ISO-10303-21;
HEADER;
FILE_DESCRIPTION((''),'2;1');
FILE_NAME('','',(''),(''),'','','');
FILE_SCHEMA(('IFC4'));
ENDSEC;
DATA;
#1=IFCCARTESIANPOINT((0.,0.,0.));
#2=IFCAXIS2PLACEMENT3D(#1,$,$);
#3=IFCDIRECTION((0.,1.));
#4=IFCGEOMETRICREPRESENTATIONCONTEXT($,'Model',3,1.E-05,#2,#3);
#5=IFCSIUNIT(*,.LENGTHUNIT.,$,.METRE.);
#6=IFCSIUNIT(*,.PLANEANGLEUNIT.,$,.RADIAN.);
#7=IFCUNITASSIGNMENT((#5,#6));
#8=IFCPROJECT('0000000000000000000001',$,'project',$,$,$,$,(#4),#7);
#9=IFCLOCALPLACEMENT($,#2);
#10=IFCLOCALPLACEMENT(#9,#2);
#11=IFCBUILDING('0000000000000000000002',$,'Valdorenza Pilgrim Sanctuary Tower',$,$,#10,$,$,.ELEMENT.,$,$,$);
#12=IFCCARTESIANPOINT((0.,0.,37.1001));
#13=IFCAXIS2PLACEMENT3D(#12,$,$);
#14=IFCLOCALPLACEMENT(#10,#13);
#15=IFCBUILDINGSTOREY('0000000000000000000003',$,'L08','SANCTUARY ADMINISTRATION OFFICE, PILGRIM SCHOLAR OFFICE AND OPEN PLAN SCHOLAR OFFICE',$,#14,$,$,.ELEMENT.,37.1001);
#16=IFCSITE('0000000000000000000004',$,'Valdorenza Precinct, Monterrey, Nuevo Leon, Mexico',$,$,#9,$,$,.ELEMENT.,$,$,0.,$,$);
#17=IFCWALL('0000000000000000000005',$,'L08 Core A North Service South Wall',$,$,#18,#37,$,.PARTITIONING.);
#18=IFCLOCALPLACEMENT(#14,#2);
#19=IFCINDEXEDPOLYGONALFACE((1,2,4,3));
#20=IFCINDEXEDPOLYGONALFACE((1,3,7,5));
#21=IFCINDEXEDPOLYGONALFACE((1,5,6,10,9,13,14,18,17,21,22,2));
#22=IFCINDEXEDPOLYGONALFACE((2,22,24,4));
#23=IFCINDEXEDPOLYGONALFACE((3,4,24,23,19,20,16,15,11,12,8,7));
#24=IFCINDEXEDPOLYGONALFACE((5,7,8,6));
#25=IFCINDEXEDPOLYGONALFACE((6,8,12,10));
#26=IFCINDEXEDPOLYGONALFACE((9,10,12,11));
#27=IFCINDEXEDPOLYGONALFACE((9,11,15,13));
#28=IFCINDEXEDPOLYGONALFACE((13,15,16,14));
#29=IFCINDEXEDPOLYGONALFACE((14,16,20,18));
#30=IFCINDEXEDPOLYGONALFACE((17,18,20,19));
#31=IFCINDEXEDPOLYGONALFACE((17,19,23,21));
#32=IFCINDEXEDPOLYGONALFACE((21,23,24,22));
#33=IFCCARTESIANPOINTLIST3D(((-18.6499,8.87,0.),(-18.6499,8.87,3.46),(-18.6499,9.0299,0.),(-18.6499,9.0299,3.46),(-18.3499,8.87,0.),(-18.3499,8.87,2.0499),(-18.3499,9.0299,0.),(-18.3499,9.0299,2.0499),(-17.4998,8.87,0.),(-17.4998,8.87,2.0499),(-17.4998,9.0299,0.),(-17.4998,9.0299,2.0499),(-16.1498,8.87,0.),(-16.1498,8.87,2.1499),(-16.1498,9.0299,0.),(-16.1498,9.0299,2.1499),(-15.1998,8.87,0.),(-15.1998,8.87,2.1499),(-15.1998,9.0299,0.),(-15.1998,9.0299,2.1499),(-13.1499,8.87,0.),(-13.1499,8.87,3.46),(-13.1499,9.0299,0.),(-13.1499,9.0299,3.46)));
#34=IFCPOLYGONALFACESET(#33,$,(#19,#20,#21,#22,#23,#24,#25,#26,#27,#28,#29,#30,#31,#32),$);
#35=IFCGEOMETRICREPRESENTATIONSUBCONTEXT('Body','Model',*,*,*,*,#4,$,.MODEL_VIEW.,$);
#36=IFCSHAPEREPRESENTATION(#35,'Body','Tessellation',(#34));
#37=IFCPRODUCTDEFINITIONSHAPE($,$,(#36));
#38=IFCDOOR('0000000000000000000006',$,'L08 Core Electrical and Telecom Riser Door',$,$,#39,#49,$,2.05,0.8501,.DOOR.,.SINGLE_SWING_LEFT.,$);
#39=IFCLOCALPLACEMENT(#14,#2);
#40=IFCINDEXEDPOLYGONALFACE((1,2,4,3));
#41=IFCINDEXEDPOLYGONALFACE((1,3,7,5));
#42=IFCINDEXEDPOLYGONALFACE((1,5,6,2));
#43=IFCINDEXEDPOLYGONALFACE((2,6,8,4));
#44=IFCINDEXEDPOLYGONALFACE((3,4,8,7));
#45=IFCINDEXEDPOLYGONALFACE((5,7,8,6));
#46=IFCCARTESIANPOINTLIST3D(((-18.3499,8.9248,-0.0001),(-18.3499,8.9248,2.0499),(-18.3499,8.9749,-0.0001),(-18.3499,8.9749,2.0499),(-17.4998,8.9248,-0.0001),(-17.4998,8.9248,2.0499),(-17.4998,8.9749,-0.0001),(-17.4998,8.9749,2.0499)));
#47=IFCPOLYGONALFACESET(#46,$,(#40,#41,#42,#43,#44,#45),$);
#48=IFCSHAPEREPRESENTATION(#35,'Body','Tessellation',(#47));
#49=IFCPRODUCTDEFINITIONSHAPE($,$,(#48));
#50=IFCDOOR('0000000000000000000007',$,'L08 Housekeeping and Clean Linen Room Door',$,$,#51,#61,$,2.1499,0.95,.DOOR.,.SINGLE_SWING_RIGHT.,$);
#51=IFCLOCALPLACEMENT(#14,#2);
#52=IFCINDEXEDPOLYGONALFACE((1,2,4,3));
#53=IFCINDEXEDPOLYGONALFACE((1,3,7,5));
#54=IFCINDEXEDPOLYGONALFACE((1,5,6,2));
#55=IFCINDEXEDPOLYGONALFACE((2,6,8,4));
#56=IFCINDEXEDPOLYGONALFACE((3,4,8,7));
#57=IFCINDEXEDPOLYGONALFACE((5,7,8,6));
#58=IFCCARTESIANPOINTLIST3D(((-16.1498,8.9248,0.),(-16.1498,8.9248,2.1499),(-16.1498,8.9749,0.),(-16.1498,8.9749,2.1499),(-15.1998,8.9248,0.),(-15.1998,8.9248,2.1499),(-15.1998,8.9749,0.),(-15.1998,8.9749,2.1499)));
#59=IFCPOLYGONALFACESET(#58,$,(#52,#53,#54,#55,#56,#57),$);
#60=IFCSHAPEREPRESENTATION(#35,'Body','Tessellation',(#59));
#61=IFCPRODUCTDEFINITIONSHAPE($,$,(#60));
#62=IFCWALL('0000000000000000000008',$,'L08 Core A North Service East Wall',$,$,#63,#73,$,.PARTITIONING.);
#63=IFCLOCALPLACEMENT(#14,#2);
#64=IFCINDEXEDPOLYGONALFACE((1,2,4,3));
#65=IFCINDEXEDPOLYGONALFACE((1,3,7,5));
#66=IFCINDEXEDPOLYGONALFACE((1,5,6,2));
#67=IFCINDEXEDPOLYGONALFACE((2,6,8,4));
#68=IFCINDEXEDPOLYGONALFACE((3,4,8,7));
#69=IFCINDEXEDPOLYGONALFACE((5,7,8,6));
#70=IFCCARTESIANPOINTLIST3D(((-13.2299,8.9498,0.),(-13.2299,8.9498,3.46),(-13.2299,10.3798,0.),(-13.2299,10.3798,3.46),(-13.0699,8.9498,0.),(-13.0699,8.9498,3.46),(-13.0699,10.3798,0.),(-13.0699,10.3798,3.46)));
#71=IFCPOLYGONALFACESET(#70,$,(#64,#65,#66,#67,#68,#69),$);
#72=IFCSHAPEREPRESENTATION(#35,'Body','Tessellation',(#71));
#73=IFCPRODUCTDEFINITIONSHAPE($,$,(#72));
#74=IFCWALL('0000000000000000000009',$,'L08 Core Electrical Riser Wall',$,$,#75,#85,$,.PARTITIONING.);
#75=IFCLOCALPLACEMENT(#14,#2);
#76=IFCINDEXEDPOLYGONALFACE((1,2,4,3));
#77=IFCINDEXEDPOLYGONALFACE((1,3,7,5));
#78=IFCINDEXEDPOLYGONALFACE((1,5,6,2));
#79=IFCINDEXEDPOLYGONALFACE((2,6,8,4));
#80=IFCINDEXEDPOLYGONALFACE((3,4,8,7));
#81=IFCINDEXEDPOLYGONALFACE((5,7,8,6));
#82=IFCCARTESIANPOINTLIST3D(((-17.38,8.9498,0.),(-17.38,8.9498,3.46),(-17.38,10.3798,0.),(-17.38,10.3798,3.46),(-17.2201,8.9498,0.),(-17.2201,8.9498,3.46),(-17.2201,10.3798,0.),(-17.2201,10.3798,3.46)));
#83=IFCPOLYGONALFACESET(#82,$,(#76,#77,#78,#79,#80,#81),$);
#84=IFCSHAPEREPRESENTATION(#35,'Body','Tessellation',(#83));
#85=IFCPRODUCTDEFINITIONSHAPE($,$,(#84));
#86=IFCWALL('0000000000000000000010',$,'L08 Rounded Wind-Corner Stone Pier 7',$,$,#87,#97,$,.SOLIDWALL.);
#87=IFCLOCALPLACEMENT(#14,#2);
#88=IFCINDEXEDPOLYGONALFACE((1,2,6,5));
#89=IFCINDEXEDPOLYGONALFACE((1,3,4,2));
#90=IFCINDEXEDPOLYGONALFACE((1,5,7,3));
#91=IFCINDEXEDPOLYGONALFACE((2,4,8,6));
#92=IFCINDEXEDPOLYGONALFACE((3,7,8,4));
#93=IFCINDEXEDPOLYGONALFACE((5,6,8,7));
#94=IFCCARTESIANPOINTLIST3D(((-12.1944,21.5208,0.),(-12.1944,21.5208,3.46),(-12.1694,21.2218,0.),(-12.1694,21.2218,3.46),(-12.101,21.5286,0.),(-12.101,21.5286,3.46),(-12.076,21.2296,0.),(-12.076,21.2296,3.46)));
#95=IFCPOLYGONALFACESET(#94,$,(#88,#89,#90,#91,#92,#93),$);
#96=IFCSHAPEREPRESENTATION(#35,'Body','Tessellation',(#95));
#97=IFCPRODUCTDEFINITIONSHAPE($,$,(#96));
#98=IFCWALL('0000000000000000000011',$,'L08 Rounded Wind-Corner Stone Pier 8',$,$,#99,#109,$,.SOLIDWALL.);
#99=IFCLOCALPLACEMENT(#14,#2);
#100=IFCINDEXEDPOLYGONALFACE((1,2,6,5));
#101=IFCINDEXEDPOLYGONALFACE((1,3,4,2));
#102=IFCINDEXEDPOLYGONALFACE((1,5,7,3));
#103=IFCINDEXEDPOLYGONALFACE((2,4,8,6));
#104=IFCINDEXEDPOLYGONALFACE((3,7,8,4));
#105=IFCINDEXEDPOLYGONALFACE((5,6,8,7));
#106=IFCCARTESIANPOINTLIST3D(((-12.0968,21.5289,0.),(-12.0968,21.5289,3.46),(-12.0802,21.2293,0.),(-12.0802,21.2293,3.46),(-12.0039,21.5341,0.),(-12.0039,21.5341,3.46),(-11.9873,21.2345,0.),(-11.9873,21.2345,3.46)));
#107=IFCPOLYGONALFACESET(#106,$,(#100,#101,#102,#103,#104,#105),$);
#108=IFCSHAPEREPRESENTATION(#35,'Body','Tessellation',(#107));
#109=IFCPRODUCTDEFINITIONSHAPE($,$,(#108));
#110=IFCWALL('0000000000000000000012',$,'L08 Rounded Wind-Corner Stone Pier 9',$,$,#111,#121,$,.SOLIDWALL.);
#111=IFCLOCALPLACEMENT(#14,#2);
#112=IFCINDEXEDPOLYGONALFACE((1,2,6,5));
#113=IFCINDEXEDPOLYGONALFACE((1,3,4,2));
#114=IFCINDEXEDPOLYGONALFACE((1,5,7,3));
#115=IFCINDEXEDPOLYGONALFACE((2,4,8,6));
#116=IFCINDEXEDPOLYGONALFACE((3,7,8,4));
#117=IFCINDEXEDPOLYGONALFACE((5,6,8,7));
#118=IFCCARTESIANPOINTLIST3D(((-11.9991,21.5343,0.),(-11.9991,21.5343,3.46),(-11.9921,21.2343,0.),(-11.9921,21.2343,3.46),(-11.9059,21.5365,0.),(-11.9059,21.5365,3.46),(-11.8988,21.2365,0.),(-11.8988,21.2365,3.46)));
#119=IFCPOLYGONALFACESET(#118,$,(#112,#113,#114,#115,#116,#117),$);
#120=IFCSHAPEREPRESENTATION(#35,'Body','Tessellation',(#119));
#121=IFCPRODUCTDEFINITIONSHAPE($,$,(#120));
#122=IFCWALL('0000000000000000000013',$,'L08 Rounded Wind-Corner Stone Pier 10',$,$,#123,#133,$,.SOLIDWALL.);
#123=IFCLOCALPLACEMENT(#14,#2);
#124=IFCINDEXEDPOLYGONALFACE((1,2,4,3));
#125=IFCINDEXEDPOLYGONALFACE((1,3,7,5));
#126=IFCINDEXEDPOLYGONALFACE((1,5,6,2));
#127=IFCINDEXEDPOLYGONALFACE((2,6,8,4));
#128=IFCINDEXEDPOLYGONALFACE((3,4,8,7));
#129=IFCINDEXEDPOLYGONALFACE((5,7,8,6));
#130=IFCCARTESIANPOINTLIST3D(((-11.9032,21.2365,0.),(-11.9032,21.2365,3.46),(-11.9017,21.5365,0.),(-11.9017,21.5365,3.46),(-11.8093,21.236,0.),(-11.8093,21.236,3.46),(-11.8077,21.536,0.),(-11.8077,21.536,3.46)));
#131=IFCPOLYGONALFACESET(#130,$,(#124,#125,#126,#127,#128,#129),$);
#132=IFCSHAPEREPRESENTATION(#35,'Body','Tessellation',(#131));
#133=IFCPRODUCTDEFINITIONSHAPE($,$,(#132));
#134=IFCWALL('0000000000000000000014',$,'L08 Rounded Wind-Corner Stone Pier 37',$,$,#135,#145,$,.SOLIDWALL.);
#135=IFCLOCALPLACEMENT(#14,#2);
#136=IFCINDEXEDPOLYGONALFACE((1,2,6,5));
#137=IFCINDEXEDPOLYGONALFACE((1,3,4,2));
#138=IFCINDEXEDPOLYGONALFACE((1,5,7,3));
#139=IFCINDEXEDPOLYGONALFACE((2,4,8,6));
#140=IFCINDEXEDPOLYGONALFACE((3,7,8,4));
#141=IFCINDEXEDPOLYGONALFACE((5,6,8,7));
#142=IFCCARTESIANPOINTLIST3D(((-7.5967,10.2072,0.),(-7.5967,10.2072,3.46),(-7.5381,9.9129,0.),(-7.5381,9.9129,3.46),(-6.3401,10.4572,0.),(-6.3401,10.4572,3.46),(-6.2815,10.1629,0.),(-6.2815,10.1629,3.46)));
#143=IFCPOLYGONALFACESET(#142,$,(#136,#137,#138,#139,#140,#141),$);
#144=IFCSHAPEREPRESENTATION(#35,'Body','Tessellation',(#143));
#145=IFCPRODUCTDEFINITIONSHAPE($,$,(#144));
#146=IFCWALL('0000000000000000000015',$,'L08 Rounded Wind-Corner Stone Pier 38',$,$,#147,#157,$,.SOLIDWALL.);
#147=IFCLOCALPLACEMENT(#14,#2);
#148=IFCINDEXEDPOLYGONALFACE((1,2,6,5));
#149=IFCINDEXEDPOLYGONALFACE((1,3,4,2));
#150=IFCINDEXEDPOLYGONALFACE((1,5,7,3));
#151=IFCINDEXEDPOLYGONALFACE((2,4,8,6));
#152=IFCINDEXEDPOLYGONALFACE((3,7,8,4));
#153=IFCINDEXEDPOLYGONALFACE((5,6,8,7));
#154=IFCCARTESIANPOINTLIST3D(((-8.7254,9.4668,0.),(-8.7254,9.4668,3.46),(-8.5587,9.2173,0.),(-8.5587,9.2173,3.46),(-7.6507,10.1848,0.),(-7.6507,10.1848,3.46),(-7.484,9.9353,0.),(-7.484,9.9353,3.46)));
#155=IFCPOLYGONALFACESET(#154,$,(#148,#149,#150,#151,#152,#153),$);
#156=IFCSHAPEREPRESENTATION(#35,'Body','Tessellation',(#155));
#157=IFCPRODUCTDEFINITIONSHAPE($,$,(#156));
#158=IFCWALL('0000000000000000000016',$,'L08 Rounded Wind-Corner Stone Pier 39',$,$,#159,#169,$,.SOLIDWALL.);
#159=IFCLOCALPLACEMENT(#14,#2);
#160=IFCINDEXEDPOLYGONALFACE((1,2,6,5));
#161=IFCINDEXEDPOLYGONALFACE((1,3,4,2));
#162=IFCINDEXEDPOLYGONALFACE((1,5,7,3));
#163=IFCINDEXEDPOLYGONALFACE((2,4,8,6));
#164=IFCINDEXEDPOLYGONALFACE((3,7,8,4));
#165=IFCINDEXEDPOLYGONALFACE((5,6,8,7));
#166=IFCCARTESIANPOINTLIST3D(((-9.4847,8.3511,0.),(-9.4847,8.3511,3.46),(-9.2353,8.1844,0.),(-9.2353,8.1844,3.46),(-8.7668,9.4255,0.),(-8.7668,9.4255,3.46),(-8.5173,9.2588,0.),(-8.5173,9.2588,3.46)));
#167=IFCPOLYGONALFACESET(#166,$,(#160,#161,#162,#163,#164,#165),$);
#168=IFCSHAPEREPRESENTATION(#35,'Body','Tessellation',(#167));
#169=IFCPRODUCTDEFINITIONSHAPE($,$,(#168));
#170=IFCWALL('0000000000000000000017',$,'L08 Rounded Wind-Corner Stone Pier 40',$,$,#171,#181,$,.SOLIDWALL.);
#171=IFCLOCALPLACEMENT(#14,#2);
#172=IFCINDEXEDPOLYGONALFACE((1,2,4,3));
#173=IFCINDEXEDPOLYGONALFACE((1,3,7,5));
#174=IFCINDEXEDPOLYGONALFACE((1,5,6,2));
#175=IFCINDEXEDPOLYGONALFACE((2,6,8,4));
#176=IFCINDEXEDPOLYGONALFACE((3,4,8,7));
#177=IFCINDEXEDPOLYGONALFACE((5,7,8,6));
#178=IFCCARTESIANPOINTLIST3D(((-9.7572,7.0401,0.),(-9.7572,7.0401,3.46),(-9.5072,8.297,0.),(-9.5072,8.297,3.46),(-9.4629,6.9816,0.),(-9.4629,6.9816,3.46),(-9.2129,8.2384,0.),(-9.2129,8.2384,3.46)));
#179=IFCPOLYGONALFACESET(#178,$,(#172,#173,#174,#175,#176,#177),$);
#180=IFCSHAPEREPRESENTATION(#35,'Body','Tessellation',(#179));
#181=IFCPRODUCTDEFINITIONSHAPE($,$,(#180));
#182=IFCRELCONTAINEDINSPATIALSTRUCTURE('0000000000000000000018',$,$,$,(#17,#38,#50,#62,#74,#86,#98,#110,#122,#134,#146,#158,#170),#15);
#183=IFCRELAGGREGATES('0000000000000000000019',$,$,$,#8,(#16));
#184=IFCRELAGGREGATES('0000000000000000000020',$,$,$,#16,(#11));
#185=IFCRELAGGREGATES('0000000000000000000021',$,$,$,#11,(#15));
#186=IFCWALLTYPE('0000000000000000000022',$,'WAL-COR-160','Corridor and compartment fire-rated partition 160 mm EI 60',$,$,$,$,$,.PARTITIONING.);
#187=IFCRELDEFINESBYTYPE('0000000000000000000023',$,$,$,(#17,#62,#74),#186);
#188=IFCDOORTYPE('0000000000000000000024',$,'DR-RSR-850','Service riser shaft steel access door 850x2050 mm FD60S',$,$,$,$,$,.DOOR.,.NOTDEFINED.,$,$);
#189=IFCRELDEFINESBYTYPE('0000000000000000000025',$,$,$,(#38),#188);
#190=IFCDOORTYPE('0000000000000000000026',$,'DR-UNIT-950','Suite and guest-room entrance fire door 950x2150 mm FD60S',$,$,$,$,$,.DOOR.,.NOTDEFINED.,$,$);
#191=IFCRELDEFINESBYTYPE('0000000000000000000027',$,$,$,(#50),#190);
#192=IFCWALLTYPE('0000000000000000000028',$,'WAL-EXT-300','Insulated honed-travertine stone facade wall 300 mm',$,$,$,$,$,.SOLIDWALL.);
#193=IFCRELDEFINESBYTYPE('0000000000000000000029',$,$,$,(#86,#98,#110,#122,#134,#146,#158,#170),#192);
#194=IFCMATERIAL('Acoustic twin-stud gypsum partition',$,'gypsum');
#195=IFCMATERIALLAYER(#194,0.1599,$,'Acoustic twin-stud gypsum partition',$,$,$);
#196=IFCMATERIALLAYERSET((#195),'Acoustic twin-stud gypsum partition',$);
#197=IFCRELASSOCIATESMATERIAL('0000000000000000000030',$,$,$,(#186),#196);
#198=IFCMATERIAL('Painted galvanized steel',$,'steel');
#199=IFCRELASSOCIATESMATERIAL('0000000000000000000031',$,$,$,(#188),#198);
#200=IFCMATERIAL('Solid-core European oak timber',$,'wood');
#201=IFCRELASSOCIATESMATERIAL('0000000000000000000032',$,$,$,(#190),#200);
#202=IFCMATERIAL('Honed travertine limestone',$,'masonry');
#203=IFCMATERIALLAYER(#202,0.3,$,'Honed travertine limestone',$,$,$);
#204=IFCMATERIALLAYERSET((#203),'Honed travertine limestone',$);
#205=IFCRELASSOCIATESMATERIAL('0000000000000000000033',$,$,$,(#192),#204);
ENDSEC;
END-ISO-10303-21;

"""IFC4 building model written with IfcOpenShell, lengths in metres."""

from ifc_helpers import new_model, si_unit, direction, frame, frame_2d, origin, place, context, subcontext, project, spatial, rectangle, extrude, material, layer, layer_set, type_object, element, fill, save


model = new_model("IFC4")

# Units and contexts
model_context = context("Model", 3, precision=1e-05, world=origin(), true_north=direction((0.0, 1.0)))
body_context = subcontext(model_context, "Body", "Model", "MODEL_VIEW")
ifc_project = project(units=[si_unit("LENGTHUNIT", "METRE"), si_unit("PLANEANGLEUNIT", "RADIAN")], contexts=[model_context])

# Site, building, storey
site_placement = place(None, origin())
site = spatial("IfcSite", under=ifc_project, at=site_placement, Name="Valdorenza Precinct, Monterrey, Nuevo Leon, Mexico", CompositionType="ELEMENT", RefElevation=0.0)
building_placement = place(site_placement, origin())
building = spatial("IfcBuilding", under=site, at=building_placement, Name="Valdorenza Pilgrim Sanctuary Tower", CompositionType="ELEMENT")
storey_placement = place(building_placement, frame((0.0, 0.0, 37.1001)))
storey = spatial("IfcBuildingStorey", under=building, at=storey_placement, Name="L08", Description="SANCTUARY ADMINISTRATION OFFICE, PILGRIM SCHOLAR OFFICE AND OPEN PLAN SCHOLAR OFFICE", CompositionType="ELEMENT", Elevation=37.1001)

# Shared definitions
ifc_material_1 = material(Name="Honed travertine limestone", Category="masonry")

# Shared definitions
ifc_material_2 = material(Name="Acoustic twin-stud gypsum partition", Category="gypsum")
ifc_layer_1 = layer(ifc_material_2, 0.1599, Name="Acoustic twin-stud gypsum partition")
ifc_layer_set_1 = layer_set([ifc_layer_1], Name="Acoustic twin-stud gypsum partition")
wall_type_1 = type_object("IfcWallType", Name="WAL-COR-160", Description="Corridor and compartment fire-rated partition 160 mm EI 60", PredefinedType="PARTITIONING", material=ifc_layer_set_1)

# Wall, openings, doors
wall_1_placement = place(storey_placement, frame((-18.6499, 8.95, 0.0), z_axis=(0.0, 0.0, 1.0), x_axis=(1.0, 0.0, 0.0)))
wall_1 = element("IfcWall", 1, at=wall_1_placement, inside=storey, type_object=wall_type_1, Name="L08 Core A North Service South Wall", PredefinedType="PARTITIONING", context=body_context, shape_type="SweptSolid", body=[
    extrude(rectangle(XDim=5.5, YDim=0.1599, at=frame_2d((2.75, 0.0))), origin(), (0.0, 0.0, 1.0), 3.46),
])
opening_1_placement = place(wall_1_placement, frame((0.3, 0.0, 0.0)))
opening_1 = element("IfcOpeningElement", 2, at=opening_1_placement, cuts=wall_1, PredefinedType="OPENING", context=body_context, shape_type="SweptSolid", body=[
    extrude(rectangle(XDim=0.8501, YDim=2.05, at=frame_2d((0.425, 1.0249))), frame((0.0, 0.0947, 0.0), z_axis=(0.0, -1.0, 0.0), x_axis=(1.0, 0.0, 0.0)), (0.0, 0.0, 1.0), 0.1897),
])
opening_2_placement = place(wall_1_placement, frame((2.5, 0.0, 0.0)))
opening_2 = element("IfcOpeningElement", 3, at=opening_2_placement, cuts=wall_1, PredefinedType="OPENING", context=body_context, shape_type="SweptSolid", body=[
    extrude(rectangle(XDim=0.95, YDim=2.1499, at=frame_2d((0.4751, 1.075))), frame((0.0, 0.0947, 0.0), z_axis=(0.0, -1.0, 0.0), x_axis=(1.0, 0.0, 0.0)), (0.0, 0.0, 1.0), 0.1897),
])
ifc_material_3 = material(Name="Painted galvanized steel", Category="steel")
door_type_1 = type_object("IfcDoorType", Name="DR-RSR-850", Description="Service riser shaft steel access door 850x2050 mm FD60S", OperationType="NOTDEFINED", PredefinedType="DOOR", material=ifc_material_3)
door_1_placement = place(opening_1_placement, origin())
door_1 = element("IfcDoor", 4, at=door_1_placement, inside=storey, type_object=door_type_1, Name="L08 Core Electrical and Telecom Riser Door", OperationType="SINGLE_SWING_LEFT", OverallHeight=2.05, OverallWidth=0.8501, PredefinedType="DOOR", context=body_context, shape_type="SweptSolid", body=[
    extrude(rectangle(XDim=0.8501, YDim=2.05, at=frame_2d((0.425, 1.0249))), frame((0.0, 0.0249, 0.0), z_axis=(0.0, -1.0, 0.0), x_axis=(1.0, 0.0, 0.0)), (0.0, 0.0, 1.0), 0.05),
])
fill(opening_1, door_1)
ifc_material_4 = material(Name="Solid-core European oak timber", Category="wood")
door_type_2 = type_object("IfcDoorType", Name="DR-UNIT-950", Description="Suite and guest-room entrance fire door 950x2150 mm FD60S", OperationType="NOTDEFINED", PredefinedType="DOOR", material=ifc_material_4)
door_2_placement = place(opening_2_placement, origin())
door_2 = element("IfcDoor", 5, at=door_2_placement, inside=storey, type_object=door_type_2, Name="L08 Housekeeping and Clean Linen Room Door", OperationType="SINGLE_SWING_RIGHT", OverallHeight=2.1499, OverallWidth=0.95, PredefinedType="DOOR", context=body_context, shape_type="SweptSolid", body=[
    extrude(rectangle(XDim=0.95, YDim=2.1499, at=frame_2d((0.4751, 1.075))), frame((0.0, 0.0249, 0.0), z_axis=(0.0, -1.0, 0.0), x_axis=(1.0, 0.0, 0.0)), (0.0, 0.0, 1.0), 0.05),
])
fill(opening_2, door_2)

# Walls
for number, where, z_axis, x_axis, name in (
    (6, (-13.1499, 8.95, 0.0), (0.0, 0.0, 1.0), (0.0, 1.0, 0.0), "L08 Core A North Service East Wall"),
    (7, (-17.3, 8.95, 0.0), (0.0, 0.0, 1.0), (0.0, 1.0, 0.0), "L08 Core Electrical Riser Wall"),
):
    element("IfcWall", number, at=place(storey_placement, frame(where, z_axis=z_axis, x_axis=x_axis)), inside=storey, type_object=wall_type_1, Name=name, PredefinedType="PARTITIONING", context=body_context, shape_type="SweptSolid", body=[
        extrude(rectangle(XDim=1.4299, YDim=0.1599, at=frame_2d((0.7148, 0.0))), origin(), (0.0, 0.0, 1.0), 3.46),
    ])
ifc_layer_2 = layer(ifc_material_1, 0.3, Name="Honed travertine limestone")
ifc_layer_set_2 = layer_set([ifc_layer_2], Name="Honed travertine limestone")
wall_type_2 = type_object("IfcWallType", Name="WAL-EXT-300", Description="Insulated honed-travertine stone facade wall 300 mm", PredefinedType="SOLIDWALL", material=ifc_layer_set_2)
wall_2_placement = place(storey_placement, frame((-12.1819, 21.3713, 0.0), z_axis=(0.0, 0.0, 1.0), x_axis=(0.996528, 0.083261, 0.0)))
element("IfcWall", 8, at=wall_2_placement, inside=storey, type_object=wall_type_2, Name="L08 Rounded Wind-Corner Stone Pier 7", PredefinedType="SOLIDWALL", context=body_context, shape_type="SweptSolid", body=[
    extrude(rectangle(XDim=0.0938, YDim=0.3, at=frame_2d((0.0469, 0.0))), origin(), (0.0, 0.0, 1.0), 3.46),
])
wall_3_placement = place(storey_placement, frame((-12.0884, 21.3792, 0.0), z_axis=(0.0, 0.0, 1.0), x_axis=(0.998476, 0.055179, 0.0)))
element("IfcWall", 9, at=wall_3_placement, inside=storey, type_object=wall_type_2, Name="L08 Rounded Wind-Corner Stone Pier 8", PredefinedType="SOLIDWALL", context=body_context, shape_type="SweptSolid", body=[
    extrude(rectangle(XDim=0.093, YDim=0.3, at=frame_2d((0.0464, 0.0))), origin(), (0.0, 0.0, 1.0), 3.46),
])
wall_4_placement = place(storey_placement, frame((-11.9956, 21.3843, 0.0), z_axis=(0.0, 0.0, 1.0), x_axis=(0.999723, 0.023554, 0.0)))
element("IfcWall", 10, at=wall_4_placement, inside=storey, type_object=wall_type_2, Name="L08 Rounded Wind-Corner Stone Pier 9", PredefinedType="SOLIDWALL", context=body_context, shape_type="SweptSolid", body=[
    extrude(rectangle(XDim=0.0933, YDim=0.3, at=frame_2d((0.0466, 0.0))), origin(), (0.0, 0.0, 1.0), 3.46),
])
wall_5_placement = place(storey_placement, frame((-11.9023, 21.3865, 0.0), z_axis=(0.0, 0.0, 1.0), x_axis=(0.999987, -0.005195, 0.0)))
element("IfcWall", 11, at=wall_5_placement, inside=storey, type_object=wall_type_2, Name="L08 Rounded Wind-Corner Stone Pier 10", PredefinedType="SOLIDWALL", context=body_context, shape_type="SweptSolid", body=[
    extrude(rectangle(XDim=0.094, YDim=0.3, at=frame_2d((0.0469, 0.0))), origin(), (0.0, 0.0, 1.0), 3.46),
])
wall_6_placement = place(storey_placement, frame((-6.3108, 10.3101, 0.0), z_axis=(0.0, 0.0, 1.0), x_axis=(-0.980778, -0.195127, 0.0)))
element("IfcWall", 12, at=wall_6_placement, inside=storey, type_object=wall_type_2, Name="L08 Rounded Wind-Corner Stone Pier 37", PredefinedType="SOLIDWALL", context=body_context, shape_type="SweptSolid", body=[
    extrude(rectangle(XDim=1.2812, YDim=0.3, at=frame_2d((0.6406, 0.0))), origin(), (0.0, 0.0, 1.0), 3.46),
])
wall_7_placement = place(storey_placement, frame((-7.5674, 10.0601, 0.0), z_axis=(0.0, 0.0, 1.0), x_axis=(-0.831498, -0.555528, 0.0)))
element("IfcWall", 13, at=wall_7_placement, inside=storey, type_object=wall_type_2, Name="L08 Rounded Wind-Corner Stone Pier 38", PredefinedType="SOLIDWALL", context=body_context, shape_type="SweptSolid", body=[
    extrude(rectangle(XDim=1.2925, YDim=0.3, at=frame_2d((0.6462, 0.0))), origin(), (0.0, 0.0, 1.0), 3.46),
])
wall_8_placement = place(storey_placement, frame((-8.6421, 9.342, 0.0), z_axis=(0.0, 0.0, 1.0), x_axis=(-0.555615, -0.831439, 0.0)))
element("IfcWall", 14, at=wall_8_placement, inside=storey, type_object=wall_type_2, Name="L08 Rounded Wind-Corner Stone Pier 39", PredefinedType="SOLIDWALL", context=body_context, shape_type="SweptSolid", body=[
    extrude(rectangle(XDim=1.2922, YDim=0.3, at=frame_2d((0.646, 0.0))), origin(), (0.0, 0.0, 1.0), 3.46),
])
wall_9_placement = place(storey_placement, frame((-9.3601, 8.2676, 0.0), z_axis=(0.0, 0.0, 1.0), x_axis=(-0.19509, -0.980785, 0.0)))
element("IfcWall", 15, at=wall_9_placement, inside=storey, type_object=wall_type_2, Name="L08 Rounded Wind-Corner Stone Pier 40", PredefinedType="SOLIDWALL", context=body_context, shape_type="SweptSolid", body=[
    extrude(rectangle(XDim=1.2815, YDim=0.3, at=frame_2d((0.6406, 0.0))), origin(), (0.0, 0.0, 1.0), 3.46),
])

save(model, "model.ifc")
